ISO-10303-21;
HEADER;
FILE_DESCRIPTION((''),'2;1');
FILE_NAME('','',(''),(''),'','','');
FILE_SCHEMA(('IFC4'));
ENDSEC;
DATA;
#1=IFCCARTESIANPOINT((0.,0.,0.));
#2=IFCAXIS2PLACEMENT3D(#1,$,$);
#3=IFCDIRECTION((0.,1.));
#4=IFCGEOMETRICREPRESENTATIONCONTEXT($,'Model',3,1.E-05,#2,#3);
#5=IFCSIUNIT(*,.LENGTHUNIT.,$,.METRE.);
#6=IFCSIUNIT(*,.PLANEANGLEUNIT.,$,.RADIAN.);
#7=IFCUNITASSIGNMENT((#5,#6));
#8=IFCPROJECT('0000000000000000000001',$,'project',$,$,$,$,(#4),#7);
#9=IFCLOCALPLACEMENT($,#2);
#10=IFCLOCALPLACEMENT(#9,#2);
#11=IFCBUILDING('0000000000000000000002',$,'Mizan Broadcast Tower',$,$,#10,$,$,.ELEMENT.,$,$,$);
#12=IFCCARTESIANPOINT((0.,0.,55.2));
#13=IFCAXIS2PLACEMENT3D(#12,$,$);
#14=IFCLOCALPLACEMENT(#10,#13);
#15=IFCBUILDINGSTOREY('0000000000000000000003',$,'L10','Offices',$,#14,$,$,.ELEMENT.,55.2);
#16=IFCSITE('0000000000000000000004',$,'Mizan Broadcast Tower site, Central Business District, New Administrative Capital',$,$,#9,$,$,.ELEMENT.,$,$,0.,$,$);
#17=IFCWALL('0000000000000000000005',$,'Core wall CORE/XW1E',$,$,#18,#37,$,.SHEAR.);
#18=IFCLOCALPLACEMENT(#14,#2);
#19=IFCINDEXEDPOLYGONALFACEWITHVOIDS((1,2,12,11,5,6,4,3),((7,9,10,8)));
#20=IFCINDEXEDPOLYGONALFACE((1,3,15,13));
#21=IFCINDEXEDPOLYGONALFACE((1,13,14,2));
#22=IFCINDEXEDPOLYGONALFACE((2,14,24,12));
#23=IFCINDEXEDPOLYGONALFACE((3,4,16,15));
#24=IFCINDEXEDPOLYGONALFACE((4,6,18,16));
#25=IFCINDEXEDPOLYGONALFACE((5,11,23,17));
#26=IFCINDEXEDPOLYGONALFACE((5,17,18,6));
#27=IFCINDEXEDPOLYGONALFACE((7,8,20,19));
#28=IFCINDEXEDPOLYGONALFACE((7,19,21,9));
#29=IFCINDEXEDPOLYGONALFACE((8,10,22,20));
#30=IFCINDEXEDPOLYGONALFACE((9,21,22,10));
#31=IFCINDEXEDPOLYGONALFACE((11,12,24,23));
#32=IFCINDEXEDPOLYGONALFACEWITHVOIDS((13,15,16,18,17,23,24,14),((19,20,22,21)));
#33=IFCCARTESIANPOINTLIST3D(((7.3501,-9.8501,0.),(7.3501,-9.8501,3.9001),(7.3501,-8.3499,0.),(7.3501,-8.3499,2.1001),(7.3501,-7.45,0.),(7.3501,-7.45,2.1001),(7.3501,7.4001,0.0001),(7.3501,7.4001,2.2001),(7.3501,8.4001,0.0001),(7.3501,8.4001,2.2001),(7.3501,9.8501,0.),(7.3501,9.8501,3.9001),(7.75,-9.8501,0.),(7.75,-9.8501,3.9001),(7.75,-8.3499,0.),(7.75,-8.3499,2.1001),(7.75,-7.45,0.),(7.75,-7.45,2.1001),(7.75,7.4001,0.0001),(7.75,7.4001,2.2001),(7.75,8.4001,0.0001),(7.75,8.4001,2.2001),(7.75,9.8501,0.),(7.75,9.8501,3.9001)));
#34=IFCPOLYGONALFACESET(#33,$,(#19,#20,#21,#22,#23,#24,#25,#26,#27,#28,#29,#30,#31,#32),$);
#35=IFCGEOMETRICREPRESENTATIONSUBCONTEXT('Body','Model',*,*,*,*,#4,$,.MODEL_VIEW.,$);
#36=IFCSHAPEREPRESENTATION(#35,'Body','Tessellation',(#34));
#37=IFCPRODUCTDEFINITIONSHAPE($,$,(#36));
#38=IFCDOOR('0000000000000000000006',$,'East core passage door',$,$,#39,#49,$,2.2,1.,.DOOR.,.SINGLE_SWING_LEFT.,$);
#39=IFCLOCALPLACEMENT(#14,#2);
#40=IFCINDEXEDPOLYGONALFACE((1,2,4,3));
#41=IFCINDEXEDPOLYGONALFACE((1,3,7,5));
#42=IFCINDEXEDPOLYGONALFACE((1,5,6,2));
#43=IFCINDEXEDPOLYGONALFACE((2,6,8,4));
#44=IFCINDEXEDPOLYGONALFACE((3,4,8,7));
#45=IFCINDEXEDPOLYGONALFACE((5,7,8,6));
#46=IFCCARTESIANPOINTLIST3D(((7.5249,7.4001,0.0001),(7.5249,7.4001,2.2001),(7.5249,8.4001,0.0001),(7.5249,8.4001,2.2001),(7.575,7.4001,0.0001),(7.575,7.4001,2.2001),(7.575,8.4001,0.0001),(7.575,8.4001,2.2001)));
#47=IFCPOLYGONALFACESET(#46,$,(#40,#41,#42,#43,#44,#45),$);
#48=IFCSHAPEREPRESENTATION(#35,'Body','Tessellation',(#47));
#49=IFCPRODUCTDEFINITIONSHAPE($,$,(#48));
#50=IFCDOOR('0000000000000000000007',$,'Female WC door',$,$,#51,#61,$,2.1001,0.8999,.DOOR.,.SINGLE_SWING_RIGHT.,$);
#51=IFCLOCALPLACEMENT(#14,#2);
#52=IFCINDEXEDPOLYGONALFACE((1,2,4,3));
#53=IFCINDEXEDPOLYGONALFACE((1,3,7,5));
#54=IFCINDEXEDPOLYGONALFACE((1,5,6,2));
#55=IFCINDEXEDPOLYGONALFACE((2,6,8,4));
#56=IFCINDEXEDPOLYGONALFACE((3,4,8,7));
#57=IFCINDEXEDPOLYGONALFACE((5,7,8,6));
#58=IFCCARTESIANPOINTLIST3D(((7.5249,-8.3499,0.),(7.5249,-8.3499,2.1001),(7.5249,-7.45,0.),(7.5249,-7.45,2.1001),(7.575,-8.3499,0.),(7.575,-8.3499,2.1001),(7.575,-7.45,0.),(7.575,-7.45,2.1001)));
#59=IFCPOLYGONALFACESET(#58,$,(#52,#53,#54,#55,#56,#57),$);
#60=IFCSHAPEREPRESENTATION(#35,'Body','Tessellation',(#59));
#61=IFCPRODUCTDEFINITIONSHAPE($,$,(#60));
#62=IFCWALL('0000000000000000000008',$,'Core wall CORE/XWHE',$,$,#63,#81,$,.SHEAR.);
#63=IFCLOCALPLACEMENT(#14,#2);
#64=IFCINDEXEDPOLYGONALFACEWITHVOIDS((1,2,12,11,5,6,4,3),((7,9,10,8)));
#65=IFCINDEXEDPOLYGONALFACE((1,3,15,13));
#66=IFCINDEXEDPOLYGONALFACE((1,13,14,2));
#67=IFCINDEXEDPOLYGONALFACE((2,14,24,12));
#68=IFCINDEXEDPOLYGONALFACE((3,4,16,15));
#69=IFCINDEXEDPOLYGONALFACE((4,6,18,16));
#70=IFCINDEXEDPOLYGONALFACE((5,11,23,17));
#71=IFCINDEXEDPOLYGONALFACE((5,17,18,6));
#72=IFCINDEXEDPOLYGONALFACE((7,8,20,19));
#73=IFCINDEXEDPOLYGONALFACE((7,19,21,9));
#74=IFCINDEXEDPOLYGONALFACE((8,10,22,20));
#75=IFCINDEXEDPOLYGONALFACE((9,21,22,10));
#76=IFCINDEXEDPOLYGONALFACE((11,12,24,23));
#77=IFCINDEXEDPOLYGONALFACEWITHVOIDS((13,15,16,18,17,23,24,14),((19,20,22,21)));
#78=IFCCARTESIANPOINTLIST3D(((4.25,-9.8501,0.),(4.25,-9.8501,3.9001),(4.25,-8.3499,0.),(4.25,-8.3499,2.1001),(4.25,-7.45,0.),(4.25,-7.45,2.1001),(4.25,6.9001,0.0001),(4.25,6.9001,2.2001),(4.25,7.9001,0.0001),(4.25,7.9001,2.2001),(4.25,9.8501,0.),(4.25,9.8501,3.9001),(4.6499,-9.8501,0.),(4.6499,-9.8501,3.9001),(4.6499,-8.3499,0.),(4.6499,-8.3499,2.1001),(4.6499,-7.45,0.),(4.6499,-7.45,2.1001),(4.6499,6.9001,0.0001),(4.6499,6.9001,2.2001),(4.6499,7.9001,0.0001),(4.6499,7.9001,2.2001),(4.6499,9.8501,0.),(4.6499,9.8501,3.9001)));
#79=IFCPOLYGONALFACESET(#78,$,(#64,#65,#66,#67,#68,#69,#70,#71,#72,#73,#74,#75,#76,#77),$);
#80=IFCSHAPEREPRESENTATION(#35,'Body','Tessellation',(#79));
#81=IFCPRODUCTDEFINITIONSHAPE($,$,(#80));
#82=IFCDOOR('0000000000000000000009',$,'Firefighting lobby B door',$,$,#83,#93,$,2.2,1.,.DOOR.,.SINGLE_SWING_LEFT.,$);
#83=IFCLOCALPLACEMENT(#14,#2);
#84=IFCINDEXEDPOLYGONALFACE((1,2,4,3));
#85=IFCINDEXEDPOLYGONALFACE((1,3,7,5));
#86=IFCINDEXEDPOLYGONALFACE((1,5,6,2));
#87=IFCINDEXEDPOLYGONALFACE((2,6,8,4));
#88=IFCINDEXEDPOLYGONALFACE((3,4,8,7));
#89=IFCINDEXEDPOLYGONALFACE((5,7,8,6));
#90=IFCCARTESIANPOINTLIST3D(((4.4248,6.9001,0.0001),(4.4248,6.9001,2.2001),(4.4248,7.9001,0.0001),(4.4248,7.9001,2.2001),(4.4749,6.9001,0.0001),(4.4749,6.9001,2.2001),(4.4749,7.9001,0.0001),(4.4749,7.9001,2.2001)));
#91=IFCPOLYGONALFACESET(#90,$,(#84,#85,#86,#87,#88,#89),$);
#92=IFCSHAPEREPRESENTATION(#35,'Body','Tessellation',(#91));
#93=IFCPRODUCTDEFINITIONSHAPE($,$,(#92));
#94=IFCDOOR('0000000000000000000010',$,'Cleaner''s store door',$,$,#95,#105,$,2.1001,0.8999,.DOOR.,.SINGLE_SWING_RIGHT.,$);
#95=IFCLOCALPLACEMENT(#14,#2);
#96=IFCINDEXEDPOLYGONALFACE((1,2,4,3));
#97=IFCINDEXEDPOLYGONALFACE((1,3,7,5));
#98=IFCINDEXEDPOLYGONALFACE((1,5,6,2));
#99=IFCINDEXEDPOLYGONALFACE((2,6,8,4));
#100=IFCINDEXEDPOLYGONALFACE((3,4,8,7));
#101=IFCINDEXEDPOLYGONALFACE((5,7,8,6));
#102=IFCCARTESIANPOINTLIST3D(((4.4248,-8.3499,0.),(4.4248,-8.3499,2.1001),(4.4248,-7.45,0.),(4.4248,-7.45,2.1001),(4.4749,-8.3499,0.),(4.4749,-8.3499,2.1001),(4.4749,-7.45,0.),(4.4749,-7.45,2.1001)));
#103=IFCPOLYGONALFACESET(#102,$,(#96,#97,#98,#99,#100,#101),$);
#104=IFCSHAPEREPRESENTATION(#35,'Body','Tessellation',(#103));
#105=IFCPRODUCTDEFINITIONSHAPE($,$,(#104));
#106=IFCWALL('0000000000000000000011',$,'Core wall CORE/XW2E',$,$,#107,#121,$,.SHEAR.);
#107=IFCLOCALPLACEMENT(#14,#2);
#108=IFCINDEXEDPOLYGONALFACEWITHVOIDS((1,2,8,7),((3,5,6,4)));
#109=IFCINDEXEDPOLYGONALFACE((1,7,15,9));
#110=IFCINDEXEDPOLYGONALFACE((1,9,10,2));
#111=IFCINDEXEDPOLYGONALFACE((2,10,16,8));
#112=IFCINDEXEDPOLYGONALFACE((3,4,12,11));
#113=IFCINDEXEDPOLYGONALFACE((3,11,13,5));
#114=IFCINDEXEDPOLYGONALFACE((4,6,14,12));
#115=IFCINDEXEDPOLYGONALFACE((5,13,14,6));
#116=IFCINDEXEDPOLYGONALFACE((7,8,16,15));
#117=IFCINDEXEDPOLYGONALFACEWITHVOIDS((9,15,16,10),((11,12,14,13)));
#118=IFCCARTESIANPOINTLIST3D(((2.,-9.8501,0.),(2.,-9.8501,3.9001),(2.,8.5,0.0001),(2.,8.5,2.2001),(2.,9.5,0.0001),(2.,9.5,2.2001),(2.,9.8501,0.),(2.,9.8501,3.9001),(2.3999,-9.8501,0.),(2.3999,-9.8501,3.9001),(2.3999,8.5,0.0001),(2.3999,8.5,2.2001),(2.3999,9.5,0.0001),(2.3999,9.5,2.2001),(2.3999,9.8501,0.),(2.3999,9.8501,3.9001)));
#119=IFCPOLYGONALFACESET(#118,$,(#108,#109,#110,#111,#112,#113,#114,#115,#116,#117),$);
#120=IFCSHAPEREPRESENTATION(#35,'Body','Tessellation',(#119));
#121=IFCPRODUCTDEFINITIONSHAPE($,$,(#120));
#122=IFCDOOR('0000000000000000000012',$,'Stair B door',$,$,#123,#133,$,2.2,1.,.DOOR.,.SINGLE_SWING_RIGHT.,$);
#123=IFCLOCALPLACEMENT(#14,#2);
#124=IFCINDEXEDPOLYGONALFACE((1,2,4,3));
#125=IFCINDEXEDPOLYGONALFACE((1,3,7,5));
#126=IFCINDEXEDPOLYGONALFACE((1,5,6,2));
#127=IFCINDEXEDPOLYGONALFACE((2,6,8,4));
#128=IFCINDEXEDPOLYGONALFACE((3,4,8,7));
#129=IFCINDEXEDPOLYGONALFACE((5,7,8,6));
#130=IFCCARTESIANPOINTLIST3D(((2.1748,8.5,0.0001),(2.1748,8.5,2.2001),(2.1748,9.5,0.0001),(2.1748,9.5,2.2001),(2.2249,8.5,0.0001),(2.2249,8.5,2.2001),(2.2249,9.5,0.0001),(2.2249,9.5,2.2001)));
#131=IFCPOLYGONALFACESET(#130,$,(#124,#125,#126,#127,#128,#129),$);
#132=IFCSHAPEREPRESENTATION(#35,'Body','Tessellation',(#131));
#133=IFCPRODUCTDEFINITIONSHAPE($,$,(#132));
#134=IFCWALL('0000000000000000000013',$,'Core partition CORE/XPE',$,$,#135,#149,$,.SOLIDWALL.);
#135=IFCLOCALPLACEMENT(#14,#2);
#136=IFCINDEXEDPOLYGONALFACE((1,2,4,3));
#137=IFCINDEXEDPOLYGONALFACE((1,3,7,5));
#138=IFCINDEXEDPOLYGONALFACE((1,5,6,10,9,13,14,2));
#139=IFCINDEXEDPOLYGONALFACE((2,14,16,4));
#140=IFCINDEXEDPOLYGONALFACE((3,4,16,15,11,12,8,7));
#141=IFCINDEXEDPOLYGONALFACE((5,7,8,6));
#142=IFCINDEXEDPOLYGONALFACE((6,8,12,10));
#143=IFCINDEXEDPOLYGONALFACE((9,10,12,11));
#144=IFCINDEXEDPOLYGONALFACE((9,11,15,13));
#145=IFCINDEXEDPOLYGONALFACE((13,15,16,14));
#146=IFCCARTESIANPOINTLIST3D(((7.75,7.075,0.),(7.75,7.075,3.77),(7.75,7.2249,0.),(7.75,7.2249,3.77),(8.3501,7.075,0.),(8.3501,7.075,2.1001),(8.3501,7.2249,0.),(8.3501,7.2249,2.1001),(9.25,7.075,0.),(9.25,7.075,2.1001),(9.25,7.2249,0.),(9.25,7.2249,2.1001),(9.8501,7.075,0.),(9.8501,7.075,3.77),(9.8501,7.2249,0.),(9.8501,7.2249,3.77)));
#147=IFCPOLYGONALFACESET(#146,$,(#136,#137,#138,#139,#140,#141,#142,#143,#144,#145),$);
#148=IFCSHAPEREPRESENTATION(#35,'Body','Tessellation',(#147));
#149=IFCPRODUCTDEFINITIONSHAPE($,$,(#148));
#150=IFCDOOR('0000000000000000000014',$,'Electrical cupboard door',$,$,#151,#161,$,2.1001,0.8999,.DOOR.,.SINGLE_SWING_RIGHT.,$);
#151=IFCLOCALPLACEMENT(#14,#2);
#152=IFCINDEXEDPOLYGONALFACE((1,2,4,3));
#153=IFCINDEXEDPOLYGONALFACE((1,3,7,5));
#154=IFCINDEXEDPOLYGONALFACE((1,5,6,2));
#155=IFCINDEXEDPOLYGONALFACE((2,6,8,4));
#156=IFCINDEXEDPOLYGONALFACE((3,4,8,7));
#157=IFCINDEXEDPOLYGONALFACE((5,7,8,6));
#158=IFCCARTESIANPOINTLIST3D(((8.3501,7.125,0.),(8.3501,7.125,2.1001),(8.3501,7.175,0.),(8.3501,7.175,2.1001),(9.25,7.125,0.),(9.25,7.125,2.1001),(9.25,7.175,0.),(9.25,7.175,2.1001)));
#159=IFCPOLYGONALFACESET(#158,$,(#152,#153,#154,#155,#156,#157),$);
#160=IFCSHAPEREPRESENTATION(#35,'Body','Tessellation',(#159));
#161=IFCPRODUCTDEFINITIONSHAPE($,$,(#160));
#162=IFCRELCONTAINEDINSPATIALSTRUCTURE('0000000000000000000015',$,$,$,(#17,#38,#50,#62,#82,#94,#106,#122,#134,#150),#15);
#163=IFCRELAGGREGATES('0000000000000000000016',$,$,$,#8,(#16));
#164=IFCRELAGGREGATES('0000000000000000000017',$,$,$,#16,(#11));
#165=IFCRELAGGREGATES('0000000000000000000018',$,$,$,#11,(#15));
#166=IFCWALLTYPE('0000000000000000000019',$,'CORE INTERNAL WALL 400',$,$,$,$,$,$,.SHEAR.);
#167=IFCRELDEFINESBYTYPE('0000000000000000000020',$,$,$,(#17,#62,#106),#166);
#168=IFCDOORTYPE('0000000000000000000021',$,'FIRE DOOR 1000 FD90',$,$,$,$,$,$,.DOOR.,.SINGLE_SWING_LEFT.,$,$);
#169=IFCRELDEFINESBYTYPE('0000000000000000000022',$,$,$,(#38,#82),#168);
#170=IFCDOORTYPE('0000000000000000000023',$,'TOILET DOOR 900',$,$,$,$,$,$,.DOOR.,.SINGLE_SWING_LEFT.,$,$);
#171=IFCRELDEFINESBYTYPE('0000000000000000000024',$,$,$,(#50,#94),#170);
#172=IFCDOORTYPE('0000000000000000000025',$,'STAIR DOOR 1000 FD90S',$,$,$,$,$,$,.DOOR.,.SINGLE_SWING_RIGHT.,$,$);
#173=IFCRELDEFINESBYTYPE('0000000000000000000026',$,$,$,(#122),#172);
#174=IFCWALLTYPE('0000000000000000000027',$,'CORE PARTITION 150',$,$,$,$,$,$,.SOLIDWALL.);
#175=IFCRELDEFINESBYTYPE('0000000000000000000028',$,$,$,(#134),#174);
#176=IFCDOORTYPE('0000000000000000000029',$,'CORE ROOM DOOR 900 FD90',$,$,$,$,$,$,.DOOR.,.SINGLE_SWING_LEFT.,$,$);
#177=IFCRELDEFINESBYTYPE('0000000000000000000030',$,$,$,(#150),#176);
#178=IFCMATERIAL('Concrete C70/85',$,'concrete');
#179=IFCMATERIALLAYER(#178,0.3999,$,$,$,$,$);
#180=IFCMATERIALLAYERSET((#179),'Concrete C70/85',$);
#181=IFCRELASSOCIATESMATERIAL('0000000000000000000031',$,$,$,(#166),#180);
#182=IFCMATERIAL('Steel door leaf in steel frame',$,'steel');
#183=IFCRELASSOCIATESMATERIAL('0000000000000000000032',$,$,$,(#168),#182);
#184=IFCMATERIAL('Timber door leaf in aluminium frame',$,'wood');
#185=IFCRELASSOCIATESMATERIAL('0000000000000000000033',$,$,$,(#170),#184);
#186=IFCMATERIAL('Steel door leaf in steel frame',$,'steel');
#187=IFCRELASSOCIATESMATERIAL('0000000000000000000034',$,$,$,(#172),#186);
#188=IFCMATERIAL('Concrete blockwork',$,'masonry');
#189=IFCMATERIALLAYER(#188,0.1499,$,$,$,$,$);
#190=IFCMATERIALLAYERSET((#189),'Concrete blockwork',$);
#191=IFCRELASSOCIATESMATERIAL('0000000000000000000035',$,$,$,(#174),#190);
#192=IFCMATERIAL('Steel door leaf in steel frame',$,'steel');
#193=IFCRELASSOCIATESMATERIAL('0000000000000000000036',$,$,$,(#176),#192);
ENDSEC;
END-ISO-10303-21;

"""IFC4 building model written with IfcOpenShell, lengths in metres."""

from ifc_helpers import new_model, si_unit, direction, frame, frame_2d, origin, place, context, subcontext, project, spatial, rectangle, extrude, material, layer, layer_set, type_object, element, fill, save


model = new_model("IFC4")

# Units and contexts
model_context = context("Model", 3, precision=1e-05, world=origin(), true_north=direction((0.0, 1.0)))
body_context = subcontext(model_context, "Body", "Model", "MODEL_VIEW")
ifc_project = project(units=[si_unit("LENGTHUNIT", "METRE"), si_unit("PLANEANGLEUNIT", "RADIAN")], contexts=[model_context])

# Site, building, storey
site_placement = place(None, origin())
site = spatial("IfcSite", under=ifc_project, at=site_placement, Name="Mizan Broadcast Tower site, Central Business District, New Administrative Capital", CompositionType="ELEMENT", RefElevation=0.0)
building_placement = place(site_placement, origin())
building = spatial("IfcBuilding", under=site, at=building_placement, Name="Mizan Broadcast Tower", CompositionType="ELEMENT")
storey_placement = place(building_placement, frame((0.0, 0.0, 55.2)))
storey = spatial("IfcBuildingStorey", under=building, at=storey_placement, Name="L10", Description="Offices", CompositionType="ELEMENT", Elevation=55.2)

# Walls, openings, doors
ifc_material_1 = material(Name="Concrete C70/85", Category="concrete")
ifc_layer_1 = layer(ifc_material_1, 0.3999)
ifc_layer_set_1 = layer_set([ifc_layer_1], Name="Concrete C70/85")
wall_type_1 = type_object("IfcWallType", Name="CORE INTERNAL WALL 400", PredefinedType="SHEAR", material=ifc_layer_set_1)
wall_1_placement = place(storey_placement, frame((7.55, 9.8501, 0.0), z_axis=(0.0, 0.0, 1.0), x_axis=(0.0, -1.0, 0.0)))
wall_1 = element("IfcWall", 1, at=wall_1_placement, inside=storey, type_object=wall_type_1, Name="Core wall CORE/XW1E", PredefinedType="SHEAR", context=body_context, shape_type="SweptSolid", body=[
    extrude(rectangle(XDim=19.7002, YDim=0.3999, at=frame_2d((9.8501, 0.0))), origin(), (0.0, 0.0, 1.0), 3.9001),
])
opening_1_placement = place(wall_1_placement, frame((1.45, 0.0, 0.0)))
opening_1 = element("IfcOpeningElement", 2, at=opening_1_placement, cuts=wall_1, PredefinedType="OPENING", context=body_context, shape_type="SweptSolid", body=[
    extrude(rectangle(XDim=1.0, YDim=2.2, at=frame_2d((0.5, 1.1001))), frame((0.0, 0.21, 0.0), z_axis=(0.0, -1.0, 0.0), x_axis=(1.0, 0.0, 0.0)), (0.0, 0.0, 1.0), 0.4199),
])
opening_2_placement = place(wall_1_placement, frame((17.3, 0.0, 0.0)))
opening_2 = element("IfcOpeningElement", 3, at=opening_2_placement, cuts=wall_1, PredefinedType="OPENING", context=body_context, shape_type="SweptSolid", body=[
    extrude(rectangle(XDim=0.8999, YDim=2.1001, at=frame_2d((0.45, 1.05))), frame((0.0, 0.21, 0.0), z_axis=(0.0, -1.0, 0.0), x_axis=(1.0, 0.0, 0.0)), (0.0, 0.0, 1.0), 0.4199),
])
ifc_material_2 = material(Name="Steel door leaf in steel frame", Category="steel")
door_type_1 = type_object("IfcDoorType", Name="FIRE DOOR 1000 FD90", OperationType="SINGLE_SWING_LEFT", PredefinedType="DOOR", material=ifc_material_2)
door_1_placement = place(opening_1_placement, origin())
door_1 = element("IfcDoor", 4, at=door_1_placement, inside=storey, type_object=door_type_1, Name="East core passage door", OperationType="SINGLE_SWING_LEFT", OverallHeight=2.2, OverallWidth=1.0, PredefinedType="DOOR", context=body_context, shape_type="SweptSolid", body=[
    extrude(rectangle(XDim=1.0, YDim=2.2, at=frame_2d((0.5, 1.1001))), frame((0.0, 0.0249, 0.0), z_axis=(0.0, -1.0, 0.0), x_axis=(1.0, 0.0, 0.0)), (0.0, 0.0, 1.0), 0.05),
])
fill(opening_1, door_1)
ifc_material_3 = material(Name="Timber door leaf in aluminium frame", Category="wood")
door_type_2 = type_object("IfcDoorType", Name="TOILET DOOR 900", OperationType="SINGLE_SWING_LEFT", PredefinedType="DOOR", material=ifc_material_3)
door_2_placement = place(opening_2_placement, origin())
door_2 = element("IfcDoor", 5, at=door_2_placement, inside=storey, type_object=door_type_2, Name="Female WC door", OperationType="SINGLE_SWING_RIGHT", OverallHeight=2.1001, OverallWidth=0.8999, PredefinedType="DOOR", context=body_context, shape_type="SweptSolid", body=[
    extrude(rectangle(XDim=0.8999, YDim=2.1001, at=frame_2d((0.45, 1.05))), frame((0.0, 0.0249, 0.0), z_axis=(0.0, -1.0, 0.0), x_axis=(1.0, 0.0, 0.0)), (0.0, 0.0, 1.0), 0.05),
])
fill(opening_2, door_2)
wall_2_placement = place(storey_placement, frame((4.45, 9.8501, 0.0), z_axis=(0.0, 0.0, 1.0), x_axis=(0.0, -1.0, 0.0)))
wall_2 = element("IfcWall", 6, at=wall_2_placement, inside=storey, type_object=wall_type_1, Name="Core wall CORE/XWHE", PredefinedType="SHEAR", context=body_context, shape_type="SweptSolid", body=[
    extrude(rectangle(XDim=19.7002, YDim=0.3999, at=frame_2d((9.8501, 0.0))), origin(), (0.0, 0.0, 1.0), 3.9001),
])
opening_3_placement = place(wall_2_placement, frame((1.95, 0.0, 0.0)))
opening_3 = element("IfcOpeningElement", 7, at=opening_3_placement, cuts=wall_2, PredefinedType="OPENING", context=body_context, shape_type="SweptSolid", body=[
    extrude(rectangle(XDim=1.0, YDim=2.2, at=frame_2d((0.5, 1.1001))), frame((0.0, 0.21, 0.0), z_axis=(0.0, -1.0, 0.0), x_axis=(1.0, 0.0, 0.0)), (0.0, 0.0, 1.0), 0.4199),
])
opening_4_placement = place(wall_2_placement, frame((17.3, 0.0, 0.0)))
opening_4 = element("IfcOpeningElement", 8, at=opening_4_placement, cuts=wall_2, PredefinedType="OPENING", context=body_context, shape_type="SweptSolid", body=[
    extrude(rectangle(XDim=0.8999, YDim=2.1001, at=frame_2d((0.45, 1.05))), frame((0.0, 0.21, 0.0), z_axis=(0.0, -1.0, 0.0), x_axis=(1.0, 0.0, 0.0)), (0.0, 0.0, 1.0), 0.4199),
])
door_3_placement = place(opening_3_placement, origin())
door_3 = element("IfcDoor", 9, at=door_3_placement, inside=storey, type_object=door_type_1, Name="Firefighting lobby B door", OperationType="SINGLE_SWING_LEFT", OverallHeight=2.2, OverallWidth=1.0, PredefinedType="DOOR", context=body_context, shape_type="SweptSolid", body=[
    extrude(rectangle(XDim=1.0, YDim=2.2, at=frame_2d((0.5, 1.1001))), frame((0.0, 0.0249, 0.0), z_axis=(0.0, -1.0, 0.0), x_axis=(1.0, 0.0, 0.0)), (0.0, 0.0, 1.0), 0.05),
])
fill(opening_3, door_3)
door_4_placement = place(opening_4_placement, origin())
door_4 = element("IfcDoor", 10, at=door_4_placement, inside=storey, type_object=door_type_2, Name="Cleaner's store door", OperationType="SINGLE_SWING_RIGHT", OverallHeight=2.1001, OverallWidth=0.8999, PredefinedType="DOOR", context=body_context, shape_type="SweptSolid", body=[
    extrude(rectangle(XDim=0.8999, YDim=2.1001, at=frame_2d((0.45, 1.05))), frame((0.0, 0.0249, 0.0), z_axis=(0.0, -1.0, 0.0), x_axis=(1.0, 0.0, 0.0)), (0.0, 0.0, 1.0), 0.05),
])
fill(opening_4, door_4)

# Walls, openings, doors
wall_3_placement = place(storey_placement, frame((2.2, 9.8501, 0.0), z_axis=(0.0, 0.0, 1.0), x_axis=(0.0, -1.0, 0.0)))
wall_3 = element("IfcWall", 11, at=wall_3_placement, inside=storey, type_object=wall_type_1, Name="Core wall CORE/XW2E", PredefinedType="SHEAR", context=body_context, shape_type="SweptSolid", body=[
    extrude(rectangle(XDim=19.7002, YDim=0.3999, at=frame_2d((9.8501, 0.0))), origin(), (0.0, 0.0, 1.0), 3.9001),
])
opening_5_placement = place(wall_3_placement, frame((0.3501, 0.0, 0.0)))
opening_5 = element("IfcOpeningElement", 12, at=opening_5_placement, cuts=wall_3, PredefinedType="OPENING", context=body_context, shape_type="SweptSolid", body=[
    extrude(rectangle(XDim=1.0, YDim=2.2, at=frame_2d((0.5, 1.1001))), frame((0.0, 0.21, 0.0), z_axis=(0.0, -1.0, 0.0), x_axis=(1.0, 0.0, 0.0)), (0.0, 0.0, 1.0), 0.4199),
])
ifc_material_4 = material(Name="Steel door leaf in steel frame", Category="steel")
door_type_3 = type_object("IfcDoorType", Name="STAIR DOOR 1000 FD90S", OperationType="SINGLE_SWING_RIGHT", PredefinedType="DOOR", material=ifc_material_4)
door_5_placement = place(opening_5_placement, origin())
door_5 = element("IfcDoor", 13, at=door_5_placement, inside=storey, type_object=door_type_3, Name="Stair B door", OperationType="SINGLE_SWING_RIGHT", OverallHeight=2.2, OverallWidth=1.0, PredefinedType="DOOR", context=body_context, shape_type="SweptSolid", body=[
    extrude(rectangle(XDim=1.0, YDim=2.2, at=frame_2d((0.5, 1.1001))), frame((0.0, 0.0249, 0.0), z_axis=(0.0, -1.0, 0.0), x_axis=(1.0, 0.0, 0.0)), (0.0, 0.0, 1.0), 0.05),
])
fill(opening_5, door_5)
ifc_material_5 = material(Name="Concrete blockwork", Category="masonry")
ifc_layer_2 = layer(ifc_material_5, 0.1499)
ifc_layer_set_2 = layer_set([ifc_layer_2], Name="Concrete blockwork")
wall_type_2 = type_object("IfcWallType", Name="CORE PARTITION 150", PredefinedType="SOLIDWALL", material=ifc_layer_set_2)
wall_4_placement = place(storey_placement, frame((9.8501, 7.1499, 0.0), z_axis=(0.0, 0.0, 1.0), x_axis=(-1.0, 0.0, 0.0)))
wall_4 = element("IfcWall", 14, at=wall_4_placement, inside=storey, type_object=wall_type_2, Name="Core partition CORE/XPE", PredefinedType="SOLIDWALL", context=body_context, shape_type="SweptSolid", body=[
    extrude(rectangle(XDim=2.1001, YDim=0.1499, at=frame_2d((1.05, 0.0))), origin(), (0.0, 0.0, 1.0), 3.77),
])
opening_6_placement = place(wall_4_placement, frame((0.6001, 0.0, 0.0)))
opening_6 = element("IfcOpeningElement", 15, at=opening_6_placement, cuts=wall_4, PredefinedType="OPENING", context=body_context, shape_type="SweptSolid", body=[
    extrude(rectangle(XDim=0.8999, YDim=2.1001, at=frame_2d((0.45, 1.05))), frame((0.0, 0.085, 0.0), z_axis=(0.0, -1.0, 0.0), x_axis=(1.0, 0.0, 0.0)), (0.0, 0.0, 1.0), 0.1699),
])
ifc_material_6 = material(Name="Steel door leaf in steel frame", Category="steel")
door_type_4 = type_object("IfcDoorType", Name="CORE ROOM DOOR 900 FD90", OperationType="SINGLE_SWING_LEFT", PredefinedType="DOOR", material=ifc_material_6)
door_6_placement = place(opening_6_placement, origin())
door_6 = element("IfcDoor", 16, at=door_6_placement, inside=storey, type_object=door_type_4, Name="Electrical cupboard door", OperationType="SINGLE_SWING_RIGHT", OverallHeight=2.1001, OverallWidth=0.8999, PredefinedType="DOOR", context=body_context, shape_type="SweptSolid", body=[
    extrude(rectangle(XDim=0.8999, YDim=2.1001, at=frame_2d((0.45, 1.05))), frame((0.0, 0.0249, 0.0), z_axis=(0.0, -1.0, 0.0), x_axis=(1.0, 0.0, 0.0)), (0.0, 0.0, 1.0), 0.05),
])
fill(opening_6, door_6)

save(model, "model.ifc")
